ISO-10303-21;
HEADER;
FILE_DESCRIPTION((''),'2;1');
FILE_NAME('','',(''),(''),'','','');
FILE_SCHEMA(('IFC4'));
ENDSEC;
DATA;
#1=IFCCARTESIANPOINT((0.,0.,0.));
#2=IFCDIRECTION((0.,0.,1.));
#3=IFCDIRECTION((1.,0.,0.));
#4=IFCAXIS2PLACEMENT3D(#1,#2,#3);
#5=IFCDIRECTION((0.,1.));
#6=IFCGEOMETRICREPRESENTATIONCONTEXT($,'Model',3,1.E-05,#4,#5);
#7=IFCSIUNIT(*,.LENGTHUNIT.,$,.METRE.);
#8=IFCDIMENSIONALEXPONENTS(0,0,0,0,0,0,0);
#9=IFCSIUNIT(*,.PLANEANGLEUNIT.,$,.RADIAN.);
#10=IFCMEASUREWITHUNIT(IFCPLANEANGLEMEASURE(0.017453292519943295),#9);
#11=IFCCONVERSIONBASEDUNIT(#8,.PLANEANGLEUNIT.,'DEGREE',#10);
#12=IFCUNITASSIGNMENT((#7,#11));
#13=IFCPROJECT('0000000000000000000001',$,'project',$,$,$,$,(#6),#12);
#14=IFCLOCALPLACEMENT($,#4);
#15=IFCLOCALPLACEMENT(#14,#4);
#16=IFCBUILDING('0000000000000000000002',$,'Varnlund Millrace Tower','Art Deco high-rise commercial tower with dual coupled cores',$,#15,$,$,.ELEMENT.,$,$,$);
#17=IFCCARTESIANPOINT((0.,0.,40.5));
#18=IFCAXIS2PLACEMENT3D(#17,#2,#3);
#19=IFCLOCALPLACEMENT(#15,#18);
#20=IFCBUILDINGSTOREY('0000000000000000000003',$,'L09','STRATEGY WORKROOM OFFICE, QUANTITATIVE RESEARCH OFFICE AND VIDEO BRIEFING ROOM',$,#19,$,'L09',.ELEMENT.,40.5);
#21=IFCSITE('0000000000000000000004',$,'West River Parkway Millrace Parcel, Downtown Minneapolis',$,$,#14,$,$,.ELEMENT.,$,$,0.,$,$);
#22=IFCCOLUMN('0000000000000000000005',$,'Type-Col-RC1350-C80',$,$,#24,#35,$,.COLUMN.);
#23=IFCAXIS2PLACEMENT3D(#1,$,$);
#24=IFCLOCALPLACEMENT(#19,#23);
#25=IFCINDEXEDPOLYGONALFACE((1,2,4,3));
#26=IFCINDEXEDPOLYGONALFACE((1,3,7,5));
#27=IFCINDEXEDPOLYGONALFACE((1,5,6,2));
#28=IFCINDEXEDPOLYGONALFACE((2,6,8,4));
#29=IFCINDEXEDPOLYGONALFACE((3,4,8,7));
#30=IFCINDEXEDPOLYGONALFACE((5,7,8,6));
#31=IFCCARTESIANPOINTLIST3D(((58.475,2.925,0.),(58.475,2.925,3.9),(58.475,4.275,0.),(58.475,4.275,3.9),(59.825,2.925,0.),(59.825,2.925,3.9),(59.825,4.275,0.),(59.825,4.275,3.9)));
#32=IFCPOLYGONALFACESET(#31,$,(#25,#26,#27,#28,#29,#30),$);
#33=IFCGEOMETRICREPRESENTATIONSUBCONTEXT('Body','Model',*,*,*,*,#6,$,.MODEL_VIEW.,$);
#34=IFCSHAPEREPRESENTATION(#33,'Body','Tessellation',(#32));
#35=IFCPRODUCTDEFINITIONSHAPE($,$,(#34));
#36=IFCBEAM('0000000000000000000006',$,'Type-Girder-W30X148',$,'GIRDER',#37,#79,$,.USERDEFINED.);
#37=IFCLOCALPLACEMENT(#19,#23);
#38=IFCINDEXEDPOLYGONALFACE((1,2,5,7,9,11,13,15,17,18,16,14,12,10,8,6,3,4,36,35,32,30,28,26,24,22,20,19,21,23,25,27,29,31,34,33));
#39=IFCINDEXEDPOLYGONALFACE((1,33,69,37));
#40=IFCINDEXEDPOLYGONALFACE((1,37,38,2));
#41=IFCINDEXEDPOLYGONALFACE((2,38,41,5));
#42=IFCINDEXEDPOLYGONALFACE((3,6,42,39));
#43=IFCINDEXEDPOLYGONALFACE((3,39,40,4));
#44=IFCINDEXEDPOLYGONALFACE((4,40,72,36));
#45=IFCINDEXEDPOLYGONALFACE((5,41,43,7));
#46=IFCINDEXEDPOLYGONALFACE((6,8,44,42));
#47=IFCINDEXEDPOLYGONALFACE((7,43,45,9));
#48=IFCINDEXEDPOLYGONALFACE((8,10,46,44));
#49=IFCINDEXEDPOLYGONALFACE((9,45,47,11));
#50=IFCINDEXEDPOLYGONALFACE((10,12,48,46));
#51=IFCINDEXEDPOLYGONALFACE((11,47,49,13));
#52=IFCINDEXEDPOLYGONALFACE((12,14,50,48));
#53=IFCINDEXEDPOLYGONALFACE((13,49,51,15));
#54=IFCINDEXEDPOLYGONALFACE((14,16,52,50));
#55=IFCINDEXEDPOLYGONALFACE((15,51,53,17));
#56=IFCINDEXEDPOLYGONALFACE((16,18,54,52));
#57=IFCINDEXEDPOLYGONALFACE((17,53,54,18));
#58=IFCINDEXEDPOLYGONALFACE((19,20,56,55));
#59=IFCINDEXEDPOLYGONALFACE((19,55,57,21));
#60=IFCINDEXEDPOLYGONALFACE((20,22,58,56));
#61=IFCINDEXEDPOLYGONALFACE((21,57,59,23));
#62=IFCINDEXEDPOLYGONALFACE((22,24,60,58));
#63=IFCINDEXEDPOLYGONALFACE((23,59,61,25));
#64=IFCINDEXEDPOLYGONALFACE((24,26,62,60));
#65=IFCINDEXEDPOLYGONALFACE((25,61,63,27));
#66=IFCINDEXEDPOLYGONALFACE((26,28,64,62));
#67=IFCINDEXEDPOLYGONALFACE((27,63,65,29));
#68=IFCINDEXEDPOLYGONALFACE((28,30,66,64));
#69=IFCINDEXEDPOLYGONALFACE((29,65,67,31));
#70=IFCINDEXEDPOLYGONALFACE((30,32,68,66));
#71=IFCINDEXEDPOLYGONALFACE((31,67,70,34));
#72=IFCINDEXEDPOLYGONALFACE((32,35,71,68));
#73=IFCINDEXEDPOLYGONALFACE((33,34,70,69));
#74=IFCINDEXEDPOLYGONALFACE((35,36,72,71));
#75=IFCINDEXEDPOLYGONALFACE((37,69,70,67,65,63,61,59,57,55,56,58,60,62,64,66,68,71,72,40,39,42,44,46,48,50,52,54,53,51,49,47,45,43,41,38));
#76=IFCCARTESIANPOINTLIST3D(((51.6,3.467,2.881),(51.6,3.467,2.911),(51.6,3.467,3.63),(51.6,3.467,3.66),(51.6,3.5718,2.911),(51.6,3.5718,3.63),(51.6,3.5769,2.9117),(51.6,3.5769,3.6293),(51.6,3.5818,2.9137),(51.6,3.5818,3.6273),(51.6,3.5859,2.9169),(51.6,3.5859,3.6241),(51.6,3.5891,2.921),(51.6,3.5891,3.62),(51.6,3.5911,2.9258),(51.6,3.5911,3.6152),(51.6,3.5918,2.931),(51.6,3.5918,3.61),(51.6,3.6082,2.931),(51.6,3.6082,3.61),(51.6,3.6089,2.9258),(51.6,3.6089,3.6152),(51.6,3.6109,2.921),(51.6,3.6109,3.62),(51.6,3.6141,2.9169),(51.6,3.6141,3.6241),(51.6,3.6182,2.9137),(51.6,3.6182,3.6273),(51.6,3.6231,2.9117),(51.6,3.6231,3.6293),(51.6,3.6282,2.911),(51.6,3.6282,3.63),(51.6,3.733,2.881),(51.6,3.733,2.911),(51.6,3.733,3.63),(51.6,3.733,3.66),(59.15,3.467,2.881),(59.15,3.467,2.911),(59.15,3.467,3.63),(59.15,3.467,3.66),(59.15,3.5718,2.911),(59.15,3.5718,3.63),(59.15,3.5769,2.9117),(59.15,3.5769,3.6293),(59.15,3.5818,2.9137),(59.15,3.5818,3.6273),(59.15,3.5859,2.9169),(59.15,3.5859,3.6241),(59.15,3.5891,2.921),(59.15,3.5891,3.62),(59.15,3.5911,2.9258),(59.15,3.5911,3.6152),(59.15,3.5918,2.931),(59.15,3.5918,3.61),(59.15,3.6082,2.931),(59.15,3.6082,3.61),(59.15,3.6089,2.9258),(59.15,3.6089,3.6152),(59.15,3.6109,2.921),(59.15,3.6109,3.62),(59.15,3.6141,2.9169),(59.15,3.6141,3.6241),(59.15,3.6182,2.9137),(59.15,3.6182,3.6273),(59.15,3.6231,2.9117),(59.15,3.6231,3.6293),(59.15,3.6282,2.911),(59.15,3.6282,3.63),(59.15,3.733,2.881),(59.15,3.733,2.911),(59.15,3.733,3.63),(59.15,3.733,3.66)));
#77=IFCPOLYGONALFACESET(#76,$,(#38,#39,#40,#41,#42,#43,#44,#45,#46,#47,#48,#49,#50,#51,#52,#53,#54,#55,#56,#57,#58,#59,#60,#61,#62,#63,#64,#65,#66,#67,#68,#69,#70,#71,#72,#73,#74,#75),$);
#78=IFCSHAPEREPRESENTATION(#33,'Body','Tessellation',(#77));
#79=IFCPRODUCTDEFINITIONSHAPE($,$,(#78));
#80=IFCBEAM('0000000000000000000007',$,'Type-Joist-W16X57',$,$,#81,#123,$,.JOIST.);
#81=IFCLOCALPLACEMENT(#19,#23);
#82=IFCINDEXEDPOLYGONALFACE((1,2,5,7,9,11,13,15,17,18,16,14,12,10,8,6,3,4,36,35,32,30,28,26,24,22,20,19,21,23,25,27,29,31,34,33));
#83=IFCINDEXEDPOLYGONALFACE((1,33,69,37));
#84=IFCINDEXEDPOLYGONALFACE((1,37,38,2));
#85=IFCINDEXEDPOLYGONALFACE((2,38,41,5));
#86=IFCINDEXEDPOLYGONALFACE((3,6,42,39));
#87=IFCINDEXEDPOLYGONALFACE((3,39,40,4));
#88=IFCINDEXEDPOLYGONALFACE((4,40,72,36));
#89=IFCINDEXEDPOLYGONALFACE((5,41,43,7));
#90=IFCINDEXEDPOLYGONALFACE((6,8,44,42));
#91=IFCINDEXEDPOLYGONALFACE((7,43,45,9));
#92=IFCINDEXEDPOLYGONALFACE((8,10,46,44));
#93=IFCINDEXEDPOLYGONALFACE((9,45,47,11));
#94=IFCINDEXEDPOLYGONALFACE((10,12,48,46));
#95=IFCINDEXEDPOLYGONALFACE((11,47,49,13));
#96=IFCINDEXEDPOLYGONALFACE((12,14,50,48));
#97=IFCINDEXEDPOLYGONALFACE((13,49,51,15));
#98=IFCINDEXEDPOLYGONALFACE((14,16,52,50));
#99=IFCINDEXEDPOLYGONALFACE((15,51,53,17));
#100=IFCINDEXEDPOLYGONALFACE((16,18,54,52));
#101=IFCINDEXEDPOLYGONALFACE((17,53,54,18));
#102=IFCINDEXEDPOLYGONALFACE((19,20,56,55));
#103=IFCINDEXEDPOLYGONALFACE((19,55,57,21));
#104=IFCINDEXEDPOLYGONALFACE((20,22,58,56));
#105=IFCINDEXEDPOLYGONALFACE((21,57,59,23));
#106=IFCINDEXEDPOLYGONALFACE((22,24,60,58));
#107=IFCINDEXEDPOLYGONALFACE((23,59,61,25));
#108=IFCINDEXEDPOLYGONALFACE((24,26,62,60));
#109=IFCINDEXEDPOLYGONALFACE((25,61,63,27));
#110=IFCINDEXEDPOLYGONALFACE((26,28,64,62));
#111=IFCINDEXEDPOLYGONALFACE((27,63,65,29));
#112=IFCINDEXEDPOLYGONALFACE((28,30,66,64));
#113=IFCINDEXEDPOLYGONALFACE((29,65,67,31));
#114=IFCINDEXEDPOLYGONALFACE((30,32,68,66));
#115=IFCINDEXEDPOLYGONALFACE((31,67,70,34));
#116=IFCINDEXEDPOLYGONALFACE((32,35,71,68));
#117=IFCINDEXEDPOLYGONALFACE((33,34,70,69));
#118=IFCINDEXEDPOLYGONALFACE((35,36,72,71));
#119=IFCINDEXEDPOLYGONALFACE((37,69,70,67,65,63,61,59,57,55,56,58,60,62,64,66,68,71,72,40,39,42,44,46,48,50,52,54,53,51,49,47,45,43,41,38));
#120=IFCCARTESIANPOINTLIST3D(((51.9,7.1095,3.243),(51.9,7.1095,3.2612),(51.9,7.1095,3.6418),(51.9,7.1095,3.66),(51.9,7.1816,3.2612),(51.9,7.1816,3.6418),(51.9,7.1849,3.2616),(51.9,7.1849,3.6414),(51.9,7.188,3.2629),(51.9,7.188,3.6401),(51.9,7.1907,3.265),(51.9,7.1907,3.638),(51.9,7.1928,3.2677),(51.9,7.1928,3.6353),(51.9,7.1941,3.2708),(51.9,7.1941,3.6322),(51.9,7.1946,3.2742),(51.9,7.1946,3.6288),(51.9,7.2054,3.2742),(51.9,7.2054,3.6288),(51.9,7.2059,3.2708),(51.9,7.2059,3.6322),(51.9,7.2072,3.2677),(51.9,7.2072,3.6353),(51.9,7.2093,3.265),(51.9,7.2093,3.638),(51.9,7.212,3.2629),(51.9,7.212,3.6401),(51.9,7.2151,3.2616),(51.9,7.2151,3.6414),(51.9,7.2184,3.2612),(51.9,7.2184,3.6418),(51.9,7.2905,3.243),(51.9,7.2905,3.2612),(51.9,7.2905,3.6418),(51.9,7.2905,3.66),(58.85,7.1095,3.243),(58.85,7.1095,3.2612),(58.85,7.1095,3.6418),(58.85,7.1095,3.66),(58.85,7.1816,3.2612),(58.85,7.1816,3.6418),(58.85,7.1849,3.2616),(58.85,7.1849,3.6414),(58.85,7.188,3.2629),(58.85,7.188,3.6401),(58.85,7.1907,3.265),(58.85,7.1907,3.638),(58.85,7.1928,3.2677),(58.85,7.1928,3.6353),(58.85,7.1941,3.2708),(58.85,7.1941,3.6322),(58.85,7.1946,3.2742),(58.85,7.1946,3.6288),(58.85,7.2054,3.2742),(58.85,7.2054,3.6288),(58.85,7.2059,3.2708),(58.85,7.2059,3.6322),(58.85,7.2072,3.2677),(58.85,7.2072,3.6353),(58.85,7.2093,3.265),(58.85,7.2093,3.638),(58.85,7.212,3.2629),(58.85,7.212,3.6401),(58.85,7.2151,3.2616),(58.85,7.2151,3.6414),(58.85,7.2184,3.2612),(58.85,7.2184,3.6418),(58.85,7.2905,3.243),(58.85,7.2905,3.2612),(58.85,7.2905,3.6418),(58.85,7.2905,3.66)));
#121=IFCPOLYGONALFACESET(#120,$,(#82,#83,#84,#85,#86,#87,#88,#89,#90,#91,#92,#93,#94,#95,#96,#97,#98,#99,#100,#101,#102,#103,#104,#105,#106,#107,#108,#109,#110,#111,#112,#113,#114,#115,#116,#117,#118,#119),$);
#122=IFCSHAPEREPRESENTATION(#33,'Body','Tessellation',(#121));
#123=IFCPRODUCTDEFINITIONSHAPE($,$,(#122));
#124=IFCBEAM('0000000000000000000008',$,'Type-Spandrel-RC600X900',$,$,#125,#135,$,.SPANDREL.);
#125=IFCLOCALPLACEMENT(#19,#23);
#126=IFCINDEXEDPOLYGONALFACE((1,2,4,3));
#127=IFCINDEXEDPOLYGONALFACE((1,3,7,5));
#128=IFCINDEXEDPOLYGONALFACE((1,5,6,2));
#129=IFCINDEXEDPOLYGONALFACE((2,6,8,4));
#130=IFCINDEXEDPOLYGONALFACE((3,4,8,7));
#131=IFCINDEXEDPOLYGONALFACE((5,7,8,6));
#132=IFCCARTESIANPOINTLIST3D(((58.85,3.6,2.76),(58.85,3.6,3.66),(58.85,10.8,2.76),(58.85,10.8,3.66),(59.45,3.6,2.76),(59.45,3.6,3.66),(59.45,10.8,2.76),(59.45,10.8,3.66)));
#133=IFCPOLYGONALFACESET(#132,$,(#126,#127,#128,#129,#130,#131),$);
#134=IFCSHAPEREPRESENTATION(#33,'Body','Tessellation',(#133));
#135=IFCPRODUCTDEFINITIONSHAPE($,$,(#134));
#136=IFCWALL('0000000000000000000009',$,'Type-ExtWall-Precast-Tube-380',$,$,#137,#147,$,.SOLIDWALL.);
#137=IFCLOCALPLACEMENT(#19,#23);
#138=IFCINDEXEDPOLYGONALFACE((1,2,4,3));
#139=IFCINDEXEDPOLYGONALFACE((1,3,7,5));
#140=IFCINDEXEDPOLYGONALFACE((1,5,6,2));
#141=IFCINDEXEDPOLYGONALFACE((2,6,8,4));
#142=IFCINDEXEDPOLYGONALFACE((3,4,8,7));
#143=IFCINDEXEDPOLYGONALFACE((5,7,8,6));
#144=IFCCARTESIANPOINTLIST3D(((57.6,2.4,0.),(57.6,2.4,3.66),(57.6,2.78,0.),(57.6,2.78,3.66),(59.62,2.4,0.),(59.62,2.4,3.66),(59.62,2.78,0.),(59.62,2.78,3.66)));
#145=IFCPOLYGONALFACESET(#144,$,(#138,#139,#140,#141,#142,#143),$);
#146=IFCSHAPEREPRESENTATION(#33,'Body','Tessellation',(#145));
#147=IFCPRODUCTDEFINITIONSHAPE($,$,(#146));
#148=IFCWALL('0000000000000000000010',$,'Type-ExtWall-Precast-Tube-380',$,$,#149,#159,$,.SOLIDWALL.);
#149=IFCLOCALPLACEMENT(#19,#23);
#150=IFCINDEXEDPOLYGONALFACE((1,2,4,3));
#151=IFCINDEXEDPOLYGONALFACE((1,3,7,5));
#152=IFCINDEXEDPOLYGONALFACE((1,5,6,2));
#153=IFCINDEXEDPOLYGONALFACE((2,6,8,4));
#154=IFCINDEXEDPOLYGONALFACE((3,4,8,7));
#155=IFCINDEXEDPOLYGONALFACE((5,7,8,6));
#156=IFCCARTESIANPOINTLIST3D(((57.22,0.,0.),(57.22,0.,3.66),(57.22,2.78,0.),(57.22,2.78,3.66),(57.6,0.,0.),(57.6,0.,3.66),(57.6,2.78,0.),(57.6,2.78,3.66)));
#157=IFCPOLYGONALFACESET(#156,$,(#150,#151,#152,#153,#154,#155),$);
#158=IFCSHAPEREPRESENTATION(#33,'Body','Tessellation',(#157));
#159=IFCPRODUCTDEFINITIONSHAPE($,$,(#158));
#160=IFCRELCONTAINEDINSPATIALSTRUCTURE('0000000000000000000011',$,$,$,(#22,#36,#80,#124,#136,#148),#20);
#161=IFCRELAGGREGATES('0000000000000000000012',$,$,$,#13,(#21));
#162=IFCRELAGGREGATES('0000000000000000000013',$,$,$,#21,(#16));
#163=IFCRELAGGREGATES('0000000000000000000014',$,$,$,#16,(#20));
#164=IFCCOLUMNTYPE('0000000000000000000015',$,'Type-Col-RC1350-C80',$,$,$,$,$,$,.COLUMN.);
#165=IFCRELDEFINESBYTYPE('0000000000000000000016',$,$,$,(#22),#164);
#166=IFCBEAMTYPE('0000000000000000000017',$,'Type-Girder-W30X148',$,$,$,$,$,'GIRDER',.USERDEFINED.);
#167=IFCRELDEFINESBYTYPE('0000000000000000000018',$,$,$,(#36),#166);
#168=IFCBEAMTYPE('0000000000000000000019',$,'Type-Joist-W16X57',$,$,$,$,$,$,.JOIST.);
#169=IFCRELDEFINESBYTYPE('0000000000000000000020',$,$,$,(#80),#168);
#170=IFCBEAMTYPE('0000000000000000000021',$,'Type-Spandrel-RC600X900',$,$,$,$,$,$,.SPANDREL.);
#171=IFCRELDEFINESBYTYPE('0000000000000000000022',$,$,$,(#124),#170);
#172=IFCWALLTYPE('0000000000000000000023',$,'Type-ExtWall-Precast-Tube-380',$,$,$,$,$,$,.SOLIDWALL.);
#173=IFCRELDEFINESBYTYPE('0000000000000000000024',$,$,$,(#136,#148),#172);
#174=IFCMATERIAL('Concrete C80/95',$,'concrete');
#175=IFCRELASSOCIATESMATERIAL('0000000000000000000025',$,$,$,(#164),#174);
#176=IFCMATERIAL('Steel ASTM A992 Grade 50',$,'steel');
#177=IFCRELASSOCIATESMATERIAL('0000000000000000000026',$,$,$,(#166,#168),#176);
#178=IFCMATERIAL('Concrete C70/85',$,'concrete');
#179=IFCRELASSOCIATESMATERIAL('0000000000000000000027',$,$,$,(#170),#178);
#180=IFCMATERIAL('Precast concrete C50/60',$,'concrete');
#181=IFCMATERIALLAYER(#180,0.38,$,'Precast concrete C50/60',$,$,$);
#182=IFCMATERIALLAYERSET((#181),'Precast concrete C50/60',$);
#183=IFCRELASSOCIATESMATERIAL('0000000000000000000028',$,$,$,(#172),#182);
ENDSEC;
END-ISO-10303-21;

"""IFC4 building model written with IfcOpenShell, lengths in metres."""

from ifc_helpers import new_model, entity, si_unit, converted_unit, direction, frame, origin_with_axes, origin_2d_with_axis, place, context, subcontext, project, spatial, polyline, rectangle, i_section, outline, extrude, material, layer, layer_set, material_profile, profile_set, type_object, element, save


model = new_model("IFC4")

# Units and contexts
model_context = context("Model", 3, precision=1e-05, world=origin_with_axes(), true_north=direction((0.0, 1.0)))
body_context = subcontext(model_context, "Body", "Model", "MODEL_VIEW")
ifc_project = project(units=[si_unit("LENGTHUNIT", "METRE"), converted_unit("PLANEANGLEUNIT", "DEGREE", entity("IfcPlaneAngleMeasure", 0.017453292519943295), si_unit("PLANEANGLEUNIT", "RADIAN"), dimensions=[0, 0, 0, 0, 0, 0, 0])], contexts=[model_context])

# Site, building, storey
site_placement = place(None, origin_with_axes())
site = spatial("IfcSite", under=ifc_project, at=site_placement, Name="West River Parkway Millrace Parcel, Downtown Minneapolis", CompositionType="ELEMENT", RefElevation=0.0)
building_placement = place(site_placement, origin_with_axes())
building = spatial("IfcBuilding", under=site, at=building_placement, Name="Varnlund Millrace Tower", Description="Art Deco high-rise commercial tower with dual coupled cores", CompositionType="ELEMENT")
storey_placement = place(building_placement, frame((0.0, 0.0, 40.5), z_axis=(0.0, 0.0, 1.0), x_axis=(1.0, 0.0, 0.0)))
storey = spatial("IfcBuildingStorey", under=building, at=storey_placement, Name="L09", Description="STRATEGY WORKROOM OFFICE, QUANTITATIVE RESEARCH OFFICE AND VIDEO BRIEFING ROOM", LongName="L09", CompositionType="ELEMENT", Elevation=40.5)

# Column
ifc_material_1 = material(Name="Concrete C80/95", Category="concrete")
ifc_material_profile_1 = material_profile(ifc_material_1, rectangle(XDim=1.35, YDim=1.35, at=origin_2d_with_axis()), Name="Concrete C80/95")
ifc_profile_set_1 = profile_set([ifc_material_profile_1], Name="Concrete C80/95")
column_type = type_object("IfcColumnType", Name="Type-Col-RC1350-C80", PredefinedType="COLUMN", material=ifc_profile_set_1)
column_placement = place(storey_placement, frame((59.15, 3.6, 0.0), z_axis=(0.0, 0.0, 1.0), x_axis=(1.0, 0.0, 0.0)))
element("IfcColumn", 1, at=column_placement, inside=storey, type_object=column_type, Name="Type-Col-RC1350-C80", PredefinedType="COLUMN", context=body_context, shape_type="SweptSolid", body=[
    extrude(rectangle(XDim=1.35, YDim=1.35, at=origin_2d_with_axis()), origin_with_axes(), (0.0, 0.0, 1.0), 3.9),
])

# Beams
ifc_material_2 = material(Name="Steel ASTM A992 Grade 50", Category="steel")
ifc_material_profile_2 = material_profile(ifc_material_2, i_section(OverallWidth=0.266, OverallDepth=0.779, WebThickness=0.0165, FlangeThickness=0.03, FilletRadius=0.02, at=origin_2d_with_axis()), Name="Steel ASTM A992 Grade 50")
ifc_profile_set_2 = profile_set([ifc_material_profile_2], Name="Steel ASTM A992 Grade 50")
beam_type_1 = type_object("IfcBeamType", Name="Type-Girder-W30X148", ElementType="GIRDER", PredefinedType="USERDEFINED", material=ifc_profile_set_2)
beam_1_placement = place(storey_placement, frame((51.6, 3.6, 3.2705), z_axis=(1.0, 0.0, 0.0), x_axis=(0.0, 1.0, 0.0)))
element("IfcBeam", 2, at=beam_1_placement, inside=storey, type_object=beam_type_1, Name="Type-Girder-W30X148", ObjectType="GIRDER", PredefinedType="USERDEFINED", context=body_context, shape_type="SweptSolid", body=[
    extrude(i_section(OverallWidth=0.266, OverallDepth=0.779, WebThickness=0.0165, FlangeThickness=0.03, FilletRadius=0.02, at=origin_2d_with_axis()), origin_with_axes(), (0.0, 0.0, 1.0), 7.55),
])
ifc_material_profile_3 = material_profile(ifc_material_2, i_section(OverallWidth=0.181, OverallDepth=0.417, WebThickness=0.0109, FlangeThickness=0.0182, FilletRadius=0.013, at=origin_2d_with_axis()), Name="Steel ASTM A992 Grade 50")
ifc_profile_set_3 = profile_set([ifc_material_profile_3], Name="Steel ASTM A992 Grade 50")
beam_type_2 = type_object("IfcBeamType", Name="Type-Joist-W16X57", PredefinedType="JOIST", material=ifc_profile_set_3)
beam_2_placement = place(storey_placement, frame((51.9, 7.2, 3.4515), z_axis=(1.0, 0.0, 0.0), x_axis=(0.0, 1.0, 0.0)))
element("IfcBeam", 3, at=beam_2_placement, inside=storey, type_object=beam_type_2, Name="Type-Joist-W16X57", PredefinedType="JOIST", context=body_context, shape_type="SweptSolid", body=[
    extrude(i_section(OverallWidth=0.181, OverallDepth=0.417, WebThickness=0.0109, FlangeThickness=0.0182, FilletRadius=0.013, at=origin_2d_with_axis()), origin_with_axes(), (0.0, 0.0, 1.0), 6.95),
])
ifc_material_3 = material(Name="Concrete C70/85", Category="concrete")
ifc_material_profile_4 = material_profile(ifc_material_3, rectangle(XDim=0.6, YDim=0.9, at=origin_2d_with_axis()), Name="Concrete C70/85")
ifc_profile_set_4 = profile_set([ifc_material_profile_4], Name="Concrete C70/85")
beam_type_3 = type_object("IfcBeamType", Name="Type-Spandrel-RC600X900", PredefinedType="SPANDREL", material=ifc_profile_set_4)
beam_3_placement = place(storey_placement, frame((59.15, 3.6, 3.21), z_axis=(0.0, 1.0, 0.0), x_axis=(-1.0, 0.0, 0.0)))
element("IfcBeam", 4, at=beam_3_placement, inside=storey, type_object=beam_type_3, Name="Type-Spandrel-RC600X900", PredefinedType="SPANDREL", context=body_context, shape_type="SweptSolid", body=[
    extrude(rectangle(XDim=0.6, YDim=0.9, at=origin_2d_with_axis()), origin_with_axes(), (0.0, 0.0, 1.0), 7.2),
])

# Walls
ifc_material_4 = material(Name="Precast concrete C50/60", Category="concrete")
ifc_layer_1 = layer(ifc_material_4, 0.38, Name="Precast concrete C50/60")
ifc_layer_set_1 = layer_set([ifc_layer_1], Name="Precast concrete C50/60")
wall_type_1 = type_object("IfcWallType", Name="Type-ExtWall-Precast-Tube-380", PredefinedType="SOLIDWALL", material=ifc_layer_set_1)
wall_1_placement = place(storey_placement, frame((59.62, 2.59, 0.0), z_axis=(0.0, 0.0, 1.0), x_axis=(-1.0, 0.0, 0.0)))
element("IfcWall", 5, at=wall_1_placement, inside=storey, type_object=wall_type_1, Name="Type-ExtWall-Precast-Tube-380", PredefinedType="SOLIDWALL", context=body_context, shape_type="SweptSolid", body=[
    extrude(outline(polyline([(0.0, -0.19), (2.02, -0.19), (2.02, 0.19), (0.0, 0.19), (0.0, -0.19)])), origin_with_axes(), (0.0, 0.0, 1.0), 3.66),
])
wall_2_placement = place(storey_placement, frame((57.41, 2.78, 0.0), z_axis=(0.0, 0.0, 1.0), x_axis=(0.0, -1.0, 0.0)))
element("IfcWall", 6, at=wall_2_placement, inside=storey, type_object=wall_type_1, Name="Type-ExtWall-Precast-Tube-380", PredefinedType="SOLIDWALL", context=body_context, shape_type="SweptSolid", body=[
    extrude(outline(polyline([(0.0, -0.19), (2.78, -0.19), (2.78, 0.19), (0.0, 0.19), (0.0, -0.19)])), origin_with_axes(), (0.0, 0.0, 1.0), 3.66),
])

save(model, "model.ifc")
